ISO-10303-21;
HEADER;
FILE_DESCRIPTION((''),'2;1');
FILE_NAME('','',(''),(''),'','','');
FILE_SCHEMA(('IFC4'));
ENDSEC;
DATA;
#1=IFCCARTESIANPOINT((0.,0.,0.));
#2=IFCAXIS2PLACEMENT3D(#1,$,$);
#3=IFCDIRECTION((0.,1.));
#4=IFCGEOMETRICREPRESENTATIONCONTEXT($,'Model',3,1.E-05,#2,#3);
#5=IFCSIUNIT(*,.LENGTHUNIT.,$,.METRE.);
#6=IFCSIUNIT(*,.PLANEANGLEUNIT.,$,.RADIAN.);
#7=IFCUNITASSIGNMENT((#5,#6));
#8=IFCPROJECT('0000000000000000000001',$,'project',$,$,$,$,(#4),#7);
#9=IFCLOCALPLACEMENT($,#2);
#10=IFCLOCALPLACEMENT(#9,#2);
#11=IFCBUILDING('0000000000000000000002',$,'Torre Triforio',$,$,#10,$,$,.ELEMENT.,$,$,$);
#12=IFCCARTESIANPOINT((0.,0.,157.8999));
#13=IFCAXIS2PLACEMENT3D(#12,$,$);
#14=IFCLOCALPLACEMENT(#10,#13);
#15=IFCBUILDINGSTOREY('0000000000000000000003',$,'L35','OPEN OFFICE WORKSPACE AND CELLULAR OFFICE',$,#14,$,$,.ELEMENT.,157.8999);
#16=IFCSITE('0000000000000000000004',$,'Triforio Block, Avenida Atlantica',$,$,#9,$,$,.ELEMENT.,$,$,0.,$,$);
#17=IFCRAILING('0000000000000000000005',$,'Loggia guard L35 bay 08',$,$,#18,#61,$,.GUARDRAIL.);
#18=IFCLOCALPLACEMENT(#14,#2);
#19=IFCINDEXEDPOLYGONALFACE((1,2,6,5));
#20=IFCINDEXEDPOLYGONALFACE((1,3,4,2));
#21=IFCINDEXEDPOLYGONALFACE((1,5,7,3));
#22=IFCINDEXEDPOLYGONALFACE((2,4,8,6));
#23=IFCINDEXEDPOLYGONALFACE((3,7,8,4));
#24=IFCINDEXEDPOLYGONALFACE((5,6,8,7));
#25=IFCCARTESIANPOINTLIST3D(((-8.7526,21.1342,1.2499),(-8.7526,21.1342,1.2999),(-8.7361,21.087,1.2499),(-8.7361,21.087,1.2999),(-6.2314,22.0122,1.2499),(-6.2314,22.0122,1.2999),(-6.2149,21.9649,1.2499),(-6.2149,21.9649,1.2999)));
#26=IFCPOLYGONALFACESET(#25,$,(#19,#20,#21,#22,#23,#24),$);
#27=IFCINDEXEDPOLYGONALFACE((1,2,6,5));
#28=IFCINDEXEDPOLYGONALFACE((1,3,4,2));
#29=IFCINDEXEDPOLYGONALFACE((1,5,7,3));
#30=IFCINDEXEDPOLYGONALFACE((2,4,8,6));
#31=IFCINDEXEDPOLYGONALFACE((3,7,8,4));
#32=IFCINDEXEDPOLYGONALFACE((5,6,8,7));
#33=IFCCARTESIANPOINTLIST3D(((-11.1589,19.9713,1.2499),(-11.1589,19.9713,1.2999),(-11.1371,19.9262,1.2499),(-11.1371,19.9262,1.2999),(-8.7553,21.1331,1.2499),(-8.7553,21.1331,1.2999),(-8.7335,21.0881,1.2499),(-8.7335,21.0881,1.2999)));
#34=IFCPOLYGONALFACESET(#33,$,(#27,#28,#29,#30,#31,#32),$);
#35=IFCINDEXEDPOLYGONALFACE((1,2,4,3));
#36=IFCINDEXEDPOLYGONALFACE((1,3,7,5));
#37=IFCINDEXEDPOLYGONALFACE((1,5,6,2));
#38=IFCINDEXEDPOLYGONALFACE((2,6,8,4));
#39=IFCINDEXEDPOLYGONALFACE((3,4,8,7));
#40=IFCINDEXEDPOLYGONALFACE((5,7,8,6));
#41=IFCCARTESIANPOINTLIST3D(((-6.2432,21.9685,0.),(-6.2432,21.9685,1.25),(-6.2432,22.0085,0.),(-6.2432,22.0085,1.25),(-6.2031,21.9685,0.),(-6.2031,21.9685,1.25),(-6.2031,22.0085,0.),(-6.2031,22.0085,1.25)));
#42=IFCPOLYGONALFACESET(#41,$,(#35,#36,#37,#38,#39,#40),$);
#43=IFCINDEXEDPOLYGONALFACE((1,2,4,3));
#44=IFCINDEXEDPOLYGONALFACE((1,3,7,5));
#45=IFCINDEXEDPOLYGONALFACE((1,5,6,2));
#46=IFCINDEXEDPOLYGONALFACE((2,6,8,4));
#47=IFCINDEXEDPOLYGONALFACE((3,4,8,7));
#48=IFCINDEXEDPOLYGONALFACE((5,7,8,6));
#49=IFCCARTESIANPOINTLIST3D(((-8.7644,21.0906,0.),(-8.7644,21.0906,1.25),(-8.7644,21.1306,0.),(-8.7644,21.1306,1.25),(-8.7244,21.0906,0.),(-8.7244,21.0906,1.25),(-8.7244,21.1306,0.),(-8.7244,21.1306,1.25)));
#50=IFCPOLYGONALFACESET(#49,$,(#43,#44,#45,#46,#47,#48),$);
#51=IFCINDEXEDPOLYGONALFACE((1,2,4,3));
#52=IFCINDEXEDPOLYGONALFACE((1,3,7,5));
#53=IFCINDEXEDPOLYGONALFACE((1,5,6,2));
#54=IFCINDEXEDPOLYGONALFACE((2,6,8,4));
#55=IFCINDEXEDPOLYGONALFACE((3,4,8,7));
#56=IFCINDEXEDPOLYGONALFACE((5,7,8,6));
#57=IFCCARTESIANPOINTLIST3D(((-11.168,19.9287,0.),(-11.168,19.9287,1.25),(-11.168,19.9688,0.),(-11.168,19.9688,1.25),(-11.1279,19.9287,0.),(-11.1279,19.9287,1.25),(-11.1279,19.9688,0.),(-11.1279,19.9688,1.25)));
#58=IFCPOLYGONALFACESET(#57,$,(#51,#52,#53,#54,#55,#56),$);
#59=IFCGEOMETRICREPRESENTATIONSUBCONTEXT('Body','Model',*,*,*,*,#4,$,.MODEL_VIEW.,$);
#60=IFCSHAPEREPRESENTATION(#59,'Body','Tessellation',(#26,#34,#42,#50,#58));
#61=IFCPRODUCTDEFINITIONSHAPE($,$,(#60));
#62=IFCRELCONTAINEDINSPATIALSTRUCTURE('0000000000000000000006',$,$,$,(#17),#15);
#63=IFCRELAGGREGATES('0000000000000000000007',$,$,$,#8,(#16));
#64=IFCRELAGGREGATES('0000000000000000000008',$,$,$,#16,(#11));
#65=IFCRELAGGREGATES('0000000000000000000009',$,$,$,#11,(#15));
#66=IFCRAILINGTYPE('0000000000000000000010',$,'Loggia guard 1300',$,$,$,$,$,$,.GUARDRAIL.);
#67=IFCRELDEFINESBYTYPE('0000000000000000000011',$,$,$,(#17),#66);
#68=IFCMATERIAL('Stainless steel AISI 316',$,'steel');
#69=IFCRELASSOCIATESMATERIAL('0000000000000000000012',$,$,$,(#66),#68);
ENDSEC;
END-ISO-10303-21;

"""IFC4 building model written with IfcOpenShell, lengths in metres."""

from ifc_helpers import new_model, si_unit, direction, frame, origin, origin_2d, place, context, subcontext, project, spatial, rectangle, extrude, material, type_object, element, save


model = new_model("IFC4")

# Units and contexts
model_context = context("Model", 3, precision=1e-05, world=origin(), true_north=direction((0.0, 1.0)))
body_context = subcontext(model_context, "Body", "Model", "MODEL_VIEW")
ifc_project = project(units=[si_unit("LENGTHUNIT", "METRE"), si_unit("PLANEANGLEUNIT", "RADIAN")], contexts=[model_context])

# Site, building, storey
site_placement = place(None, origin())
site = spatial("IfcSite", under=ifc_project, at=site_placement, Name="Triforio Block, Avenida Atlantica", CompositionType="ELEMENT", RefElevation=0.0)
building_placement = place(site_placement, origin())
building = spatial("IfcBuilding", under=site, at=building_placement, Name="Torre Triforio", CompositionType="ELEMENT")
storey_placement = place(building_placement, frame((0.0, 0.0, 157.8999)))
storey = spatial("IfcBuildingStorey", under=building, at=storey_placement, Name="L35", Description="OPEN OFFICE WORKSPACE AND CELLULAR OFFICE", CompositionType="ELEMENT", Elevation=157.8999)

# Railing
ifc_material_1 = material(Name="Stainless steel AISI 316", Category="steel")
railing_type_1 = type_object("IfcRailingType", Name="Loggia guard 1300", PredefinedType="GUARDRAIL", material=ifc_material_1)
railing_1_placement = place(storey_placement, frame((-6.2231, 21.9885, 0.0)))
element("IfcRailing", 1, at=railing_1_placement, inside=storey, type_object=railing_type_1, Name="Loggia guard L35 bay 08", PredefinedType="GUARDRAIL", context=body_context, shape_type="SweptSolid", body=[
    extrude(rectangle(XDim=0.05, YDim=0.05, at=origin_2d()), frame((0.0, 0.0, 1.2749), z_axis=(-0.944383, -0.328847, 0.0), x_axis=(0.328847, -0.944383, 0.0)), (0.0, 0.0, 1.0), 2.6697),
    extrude(rectangle(XDim=0.05, YDim=0.05, at=origin_2d()), frame((-2.5212, -0.8779, 1.2749), z_axis=(-0.900328, -0.435212, 0.0), x_axis=(0.435212, -0.900328, 0.0)), (0.0, 0.0, 1.0), 2.6697),
    extrude(rectangle(XDim=0.04, YDim=0.04, at=origin_2d()), origin(), (0.0, 0.0, 1.0), 1.25),
    extrude(rectangle(XDim=0.04, YDim=0.04, at=origin_2d()), frame((-2.5212, -0.8779, 0.0)), (0.0, 0.0, 1.0), 1.25),
    extrude(rectangle(XDim=0.04, YDim=0.04, at=origin_2d()), frame((-4.9248, -2.0398, 0.0)), (0.0, 0.0, 1.0), 1.25),
])

save(model, "model.ifc")
